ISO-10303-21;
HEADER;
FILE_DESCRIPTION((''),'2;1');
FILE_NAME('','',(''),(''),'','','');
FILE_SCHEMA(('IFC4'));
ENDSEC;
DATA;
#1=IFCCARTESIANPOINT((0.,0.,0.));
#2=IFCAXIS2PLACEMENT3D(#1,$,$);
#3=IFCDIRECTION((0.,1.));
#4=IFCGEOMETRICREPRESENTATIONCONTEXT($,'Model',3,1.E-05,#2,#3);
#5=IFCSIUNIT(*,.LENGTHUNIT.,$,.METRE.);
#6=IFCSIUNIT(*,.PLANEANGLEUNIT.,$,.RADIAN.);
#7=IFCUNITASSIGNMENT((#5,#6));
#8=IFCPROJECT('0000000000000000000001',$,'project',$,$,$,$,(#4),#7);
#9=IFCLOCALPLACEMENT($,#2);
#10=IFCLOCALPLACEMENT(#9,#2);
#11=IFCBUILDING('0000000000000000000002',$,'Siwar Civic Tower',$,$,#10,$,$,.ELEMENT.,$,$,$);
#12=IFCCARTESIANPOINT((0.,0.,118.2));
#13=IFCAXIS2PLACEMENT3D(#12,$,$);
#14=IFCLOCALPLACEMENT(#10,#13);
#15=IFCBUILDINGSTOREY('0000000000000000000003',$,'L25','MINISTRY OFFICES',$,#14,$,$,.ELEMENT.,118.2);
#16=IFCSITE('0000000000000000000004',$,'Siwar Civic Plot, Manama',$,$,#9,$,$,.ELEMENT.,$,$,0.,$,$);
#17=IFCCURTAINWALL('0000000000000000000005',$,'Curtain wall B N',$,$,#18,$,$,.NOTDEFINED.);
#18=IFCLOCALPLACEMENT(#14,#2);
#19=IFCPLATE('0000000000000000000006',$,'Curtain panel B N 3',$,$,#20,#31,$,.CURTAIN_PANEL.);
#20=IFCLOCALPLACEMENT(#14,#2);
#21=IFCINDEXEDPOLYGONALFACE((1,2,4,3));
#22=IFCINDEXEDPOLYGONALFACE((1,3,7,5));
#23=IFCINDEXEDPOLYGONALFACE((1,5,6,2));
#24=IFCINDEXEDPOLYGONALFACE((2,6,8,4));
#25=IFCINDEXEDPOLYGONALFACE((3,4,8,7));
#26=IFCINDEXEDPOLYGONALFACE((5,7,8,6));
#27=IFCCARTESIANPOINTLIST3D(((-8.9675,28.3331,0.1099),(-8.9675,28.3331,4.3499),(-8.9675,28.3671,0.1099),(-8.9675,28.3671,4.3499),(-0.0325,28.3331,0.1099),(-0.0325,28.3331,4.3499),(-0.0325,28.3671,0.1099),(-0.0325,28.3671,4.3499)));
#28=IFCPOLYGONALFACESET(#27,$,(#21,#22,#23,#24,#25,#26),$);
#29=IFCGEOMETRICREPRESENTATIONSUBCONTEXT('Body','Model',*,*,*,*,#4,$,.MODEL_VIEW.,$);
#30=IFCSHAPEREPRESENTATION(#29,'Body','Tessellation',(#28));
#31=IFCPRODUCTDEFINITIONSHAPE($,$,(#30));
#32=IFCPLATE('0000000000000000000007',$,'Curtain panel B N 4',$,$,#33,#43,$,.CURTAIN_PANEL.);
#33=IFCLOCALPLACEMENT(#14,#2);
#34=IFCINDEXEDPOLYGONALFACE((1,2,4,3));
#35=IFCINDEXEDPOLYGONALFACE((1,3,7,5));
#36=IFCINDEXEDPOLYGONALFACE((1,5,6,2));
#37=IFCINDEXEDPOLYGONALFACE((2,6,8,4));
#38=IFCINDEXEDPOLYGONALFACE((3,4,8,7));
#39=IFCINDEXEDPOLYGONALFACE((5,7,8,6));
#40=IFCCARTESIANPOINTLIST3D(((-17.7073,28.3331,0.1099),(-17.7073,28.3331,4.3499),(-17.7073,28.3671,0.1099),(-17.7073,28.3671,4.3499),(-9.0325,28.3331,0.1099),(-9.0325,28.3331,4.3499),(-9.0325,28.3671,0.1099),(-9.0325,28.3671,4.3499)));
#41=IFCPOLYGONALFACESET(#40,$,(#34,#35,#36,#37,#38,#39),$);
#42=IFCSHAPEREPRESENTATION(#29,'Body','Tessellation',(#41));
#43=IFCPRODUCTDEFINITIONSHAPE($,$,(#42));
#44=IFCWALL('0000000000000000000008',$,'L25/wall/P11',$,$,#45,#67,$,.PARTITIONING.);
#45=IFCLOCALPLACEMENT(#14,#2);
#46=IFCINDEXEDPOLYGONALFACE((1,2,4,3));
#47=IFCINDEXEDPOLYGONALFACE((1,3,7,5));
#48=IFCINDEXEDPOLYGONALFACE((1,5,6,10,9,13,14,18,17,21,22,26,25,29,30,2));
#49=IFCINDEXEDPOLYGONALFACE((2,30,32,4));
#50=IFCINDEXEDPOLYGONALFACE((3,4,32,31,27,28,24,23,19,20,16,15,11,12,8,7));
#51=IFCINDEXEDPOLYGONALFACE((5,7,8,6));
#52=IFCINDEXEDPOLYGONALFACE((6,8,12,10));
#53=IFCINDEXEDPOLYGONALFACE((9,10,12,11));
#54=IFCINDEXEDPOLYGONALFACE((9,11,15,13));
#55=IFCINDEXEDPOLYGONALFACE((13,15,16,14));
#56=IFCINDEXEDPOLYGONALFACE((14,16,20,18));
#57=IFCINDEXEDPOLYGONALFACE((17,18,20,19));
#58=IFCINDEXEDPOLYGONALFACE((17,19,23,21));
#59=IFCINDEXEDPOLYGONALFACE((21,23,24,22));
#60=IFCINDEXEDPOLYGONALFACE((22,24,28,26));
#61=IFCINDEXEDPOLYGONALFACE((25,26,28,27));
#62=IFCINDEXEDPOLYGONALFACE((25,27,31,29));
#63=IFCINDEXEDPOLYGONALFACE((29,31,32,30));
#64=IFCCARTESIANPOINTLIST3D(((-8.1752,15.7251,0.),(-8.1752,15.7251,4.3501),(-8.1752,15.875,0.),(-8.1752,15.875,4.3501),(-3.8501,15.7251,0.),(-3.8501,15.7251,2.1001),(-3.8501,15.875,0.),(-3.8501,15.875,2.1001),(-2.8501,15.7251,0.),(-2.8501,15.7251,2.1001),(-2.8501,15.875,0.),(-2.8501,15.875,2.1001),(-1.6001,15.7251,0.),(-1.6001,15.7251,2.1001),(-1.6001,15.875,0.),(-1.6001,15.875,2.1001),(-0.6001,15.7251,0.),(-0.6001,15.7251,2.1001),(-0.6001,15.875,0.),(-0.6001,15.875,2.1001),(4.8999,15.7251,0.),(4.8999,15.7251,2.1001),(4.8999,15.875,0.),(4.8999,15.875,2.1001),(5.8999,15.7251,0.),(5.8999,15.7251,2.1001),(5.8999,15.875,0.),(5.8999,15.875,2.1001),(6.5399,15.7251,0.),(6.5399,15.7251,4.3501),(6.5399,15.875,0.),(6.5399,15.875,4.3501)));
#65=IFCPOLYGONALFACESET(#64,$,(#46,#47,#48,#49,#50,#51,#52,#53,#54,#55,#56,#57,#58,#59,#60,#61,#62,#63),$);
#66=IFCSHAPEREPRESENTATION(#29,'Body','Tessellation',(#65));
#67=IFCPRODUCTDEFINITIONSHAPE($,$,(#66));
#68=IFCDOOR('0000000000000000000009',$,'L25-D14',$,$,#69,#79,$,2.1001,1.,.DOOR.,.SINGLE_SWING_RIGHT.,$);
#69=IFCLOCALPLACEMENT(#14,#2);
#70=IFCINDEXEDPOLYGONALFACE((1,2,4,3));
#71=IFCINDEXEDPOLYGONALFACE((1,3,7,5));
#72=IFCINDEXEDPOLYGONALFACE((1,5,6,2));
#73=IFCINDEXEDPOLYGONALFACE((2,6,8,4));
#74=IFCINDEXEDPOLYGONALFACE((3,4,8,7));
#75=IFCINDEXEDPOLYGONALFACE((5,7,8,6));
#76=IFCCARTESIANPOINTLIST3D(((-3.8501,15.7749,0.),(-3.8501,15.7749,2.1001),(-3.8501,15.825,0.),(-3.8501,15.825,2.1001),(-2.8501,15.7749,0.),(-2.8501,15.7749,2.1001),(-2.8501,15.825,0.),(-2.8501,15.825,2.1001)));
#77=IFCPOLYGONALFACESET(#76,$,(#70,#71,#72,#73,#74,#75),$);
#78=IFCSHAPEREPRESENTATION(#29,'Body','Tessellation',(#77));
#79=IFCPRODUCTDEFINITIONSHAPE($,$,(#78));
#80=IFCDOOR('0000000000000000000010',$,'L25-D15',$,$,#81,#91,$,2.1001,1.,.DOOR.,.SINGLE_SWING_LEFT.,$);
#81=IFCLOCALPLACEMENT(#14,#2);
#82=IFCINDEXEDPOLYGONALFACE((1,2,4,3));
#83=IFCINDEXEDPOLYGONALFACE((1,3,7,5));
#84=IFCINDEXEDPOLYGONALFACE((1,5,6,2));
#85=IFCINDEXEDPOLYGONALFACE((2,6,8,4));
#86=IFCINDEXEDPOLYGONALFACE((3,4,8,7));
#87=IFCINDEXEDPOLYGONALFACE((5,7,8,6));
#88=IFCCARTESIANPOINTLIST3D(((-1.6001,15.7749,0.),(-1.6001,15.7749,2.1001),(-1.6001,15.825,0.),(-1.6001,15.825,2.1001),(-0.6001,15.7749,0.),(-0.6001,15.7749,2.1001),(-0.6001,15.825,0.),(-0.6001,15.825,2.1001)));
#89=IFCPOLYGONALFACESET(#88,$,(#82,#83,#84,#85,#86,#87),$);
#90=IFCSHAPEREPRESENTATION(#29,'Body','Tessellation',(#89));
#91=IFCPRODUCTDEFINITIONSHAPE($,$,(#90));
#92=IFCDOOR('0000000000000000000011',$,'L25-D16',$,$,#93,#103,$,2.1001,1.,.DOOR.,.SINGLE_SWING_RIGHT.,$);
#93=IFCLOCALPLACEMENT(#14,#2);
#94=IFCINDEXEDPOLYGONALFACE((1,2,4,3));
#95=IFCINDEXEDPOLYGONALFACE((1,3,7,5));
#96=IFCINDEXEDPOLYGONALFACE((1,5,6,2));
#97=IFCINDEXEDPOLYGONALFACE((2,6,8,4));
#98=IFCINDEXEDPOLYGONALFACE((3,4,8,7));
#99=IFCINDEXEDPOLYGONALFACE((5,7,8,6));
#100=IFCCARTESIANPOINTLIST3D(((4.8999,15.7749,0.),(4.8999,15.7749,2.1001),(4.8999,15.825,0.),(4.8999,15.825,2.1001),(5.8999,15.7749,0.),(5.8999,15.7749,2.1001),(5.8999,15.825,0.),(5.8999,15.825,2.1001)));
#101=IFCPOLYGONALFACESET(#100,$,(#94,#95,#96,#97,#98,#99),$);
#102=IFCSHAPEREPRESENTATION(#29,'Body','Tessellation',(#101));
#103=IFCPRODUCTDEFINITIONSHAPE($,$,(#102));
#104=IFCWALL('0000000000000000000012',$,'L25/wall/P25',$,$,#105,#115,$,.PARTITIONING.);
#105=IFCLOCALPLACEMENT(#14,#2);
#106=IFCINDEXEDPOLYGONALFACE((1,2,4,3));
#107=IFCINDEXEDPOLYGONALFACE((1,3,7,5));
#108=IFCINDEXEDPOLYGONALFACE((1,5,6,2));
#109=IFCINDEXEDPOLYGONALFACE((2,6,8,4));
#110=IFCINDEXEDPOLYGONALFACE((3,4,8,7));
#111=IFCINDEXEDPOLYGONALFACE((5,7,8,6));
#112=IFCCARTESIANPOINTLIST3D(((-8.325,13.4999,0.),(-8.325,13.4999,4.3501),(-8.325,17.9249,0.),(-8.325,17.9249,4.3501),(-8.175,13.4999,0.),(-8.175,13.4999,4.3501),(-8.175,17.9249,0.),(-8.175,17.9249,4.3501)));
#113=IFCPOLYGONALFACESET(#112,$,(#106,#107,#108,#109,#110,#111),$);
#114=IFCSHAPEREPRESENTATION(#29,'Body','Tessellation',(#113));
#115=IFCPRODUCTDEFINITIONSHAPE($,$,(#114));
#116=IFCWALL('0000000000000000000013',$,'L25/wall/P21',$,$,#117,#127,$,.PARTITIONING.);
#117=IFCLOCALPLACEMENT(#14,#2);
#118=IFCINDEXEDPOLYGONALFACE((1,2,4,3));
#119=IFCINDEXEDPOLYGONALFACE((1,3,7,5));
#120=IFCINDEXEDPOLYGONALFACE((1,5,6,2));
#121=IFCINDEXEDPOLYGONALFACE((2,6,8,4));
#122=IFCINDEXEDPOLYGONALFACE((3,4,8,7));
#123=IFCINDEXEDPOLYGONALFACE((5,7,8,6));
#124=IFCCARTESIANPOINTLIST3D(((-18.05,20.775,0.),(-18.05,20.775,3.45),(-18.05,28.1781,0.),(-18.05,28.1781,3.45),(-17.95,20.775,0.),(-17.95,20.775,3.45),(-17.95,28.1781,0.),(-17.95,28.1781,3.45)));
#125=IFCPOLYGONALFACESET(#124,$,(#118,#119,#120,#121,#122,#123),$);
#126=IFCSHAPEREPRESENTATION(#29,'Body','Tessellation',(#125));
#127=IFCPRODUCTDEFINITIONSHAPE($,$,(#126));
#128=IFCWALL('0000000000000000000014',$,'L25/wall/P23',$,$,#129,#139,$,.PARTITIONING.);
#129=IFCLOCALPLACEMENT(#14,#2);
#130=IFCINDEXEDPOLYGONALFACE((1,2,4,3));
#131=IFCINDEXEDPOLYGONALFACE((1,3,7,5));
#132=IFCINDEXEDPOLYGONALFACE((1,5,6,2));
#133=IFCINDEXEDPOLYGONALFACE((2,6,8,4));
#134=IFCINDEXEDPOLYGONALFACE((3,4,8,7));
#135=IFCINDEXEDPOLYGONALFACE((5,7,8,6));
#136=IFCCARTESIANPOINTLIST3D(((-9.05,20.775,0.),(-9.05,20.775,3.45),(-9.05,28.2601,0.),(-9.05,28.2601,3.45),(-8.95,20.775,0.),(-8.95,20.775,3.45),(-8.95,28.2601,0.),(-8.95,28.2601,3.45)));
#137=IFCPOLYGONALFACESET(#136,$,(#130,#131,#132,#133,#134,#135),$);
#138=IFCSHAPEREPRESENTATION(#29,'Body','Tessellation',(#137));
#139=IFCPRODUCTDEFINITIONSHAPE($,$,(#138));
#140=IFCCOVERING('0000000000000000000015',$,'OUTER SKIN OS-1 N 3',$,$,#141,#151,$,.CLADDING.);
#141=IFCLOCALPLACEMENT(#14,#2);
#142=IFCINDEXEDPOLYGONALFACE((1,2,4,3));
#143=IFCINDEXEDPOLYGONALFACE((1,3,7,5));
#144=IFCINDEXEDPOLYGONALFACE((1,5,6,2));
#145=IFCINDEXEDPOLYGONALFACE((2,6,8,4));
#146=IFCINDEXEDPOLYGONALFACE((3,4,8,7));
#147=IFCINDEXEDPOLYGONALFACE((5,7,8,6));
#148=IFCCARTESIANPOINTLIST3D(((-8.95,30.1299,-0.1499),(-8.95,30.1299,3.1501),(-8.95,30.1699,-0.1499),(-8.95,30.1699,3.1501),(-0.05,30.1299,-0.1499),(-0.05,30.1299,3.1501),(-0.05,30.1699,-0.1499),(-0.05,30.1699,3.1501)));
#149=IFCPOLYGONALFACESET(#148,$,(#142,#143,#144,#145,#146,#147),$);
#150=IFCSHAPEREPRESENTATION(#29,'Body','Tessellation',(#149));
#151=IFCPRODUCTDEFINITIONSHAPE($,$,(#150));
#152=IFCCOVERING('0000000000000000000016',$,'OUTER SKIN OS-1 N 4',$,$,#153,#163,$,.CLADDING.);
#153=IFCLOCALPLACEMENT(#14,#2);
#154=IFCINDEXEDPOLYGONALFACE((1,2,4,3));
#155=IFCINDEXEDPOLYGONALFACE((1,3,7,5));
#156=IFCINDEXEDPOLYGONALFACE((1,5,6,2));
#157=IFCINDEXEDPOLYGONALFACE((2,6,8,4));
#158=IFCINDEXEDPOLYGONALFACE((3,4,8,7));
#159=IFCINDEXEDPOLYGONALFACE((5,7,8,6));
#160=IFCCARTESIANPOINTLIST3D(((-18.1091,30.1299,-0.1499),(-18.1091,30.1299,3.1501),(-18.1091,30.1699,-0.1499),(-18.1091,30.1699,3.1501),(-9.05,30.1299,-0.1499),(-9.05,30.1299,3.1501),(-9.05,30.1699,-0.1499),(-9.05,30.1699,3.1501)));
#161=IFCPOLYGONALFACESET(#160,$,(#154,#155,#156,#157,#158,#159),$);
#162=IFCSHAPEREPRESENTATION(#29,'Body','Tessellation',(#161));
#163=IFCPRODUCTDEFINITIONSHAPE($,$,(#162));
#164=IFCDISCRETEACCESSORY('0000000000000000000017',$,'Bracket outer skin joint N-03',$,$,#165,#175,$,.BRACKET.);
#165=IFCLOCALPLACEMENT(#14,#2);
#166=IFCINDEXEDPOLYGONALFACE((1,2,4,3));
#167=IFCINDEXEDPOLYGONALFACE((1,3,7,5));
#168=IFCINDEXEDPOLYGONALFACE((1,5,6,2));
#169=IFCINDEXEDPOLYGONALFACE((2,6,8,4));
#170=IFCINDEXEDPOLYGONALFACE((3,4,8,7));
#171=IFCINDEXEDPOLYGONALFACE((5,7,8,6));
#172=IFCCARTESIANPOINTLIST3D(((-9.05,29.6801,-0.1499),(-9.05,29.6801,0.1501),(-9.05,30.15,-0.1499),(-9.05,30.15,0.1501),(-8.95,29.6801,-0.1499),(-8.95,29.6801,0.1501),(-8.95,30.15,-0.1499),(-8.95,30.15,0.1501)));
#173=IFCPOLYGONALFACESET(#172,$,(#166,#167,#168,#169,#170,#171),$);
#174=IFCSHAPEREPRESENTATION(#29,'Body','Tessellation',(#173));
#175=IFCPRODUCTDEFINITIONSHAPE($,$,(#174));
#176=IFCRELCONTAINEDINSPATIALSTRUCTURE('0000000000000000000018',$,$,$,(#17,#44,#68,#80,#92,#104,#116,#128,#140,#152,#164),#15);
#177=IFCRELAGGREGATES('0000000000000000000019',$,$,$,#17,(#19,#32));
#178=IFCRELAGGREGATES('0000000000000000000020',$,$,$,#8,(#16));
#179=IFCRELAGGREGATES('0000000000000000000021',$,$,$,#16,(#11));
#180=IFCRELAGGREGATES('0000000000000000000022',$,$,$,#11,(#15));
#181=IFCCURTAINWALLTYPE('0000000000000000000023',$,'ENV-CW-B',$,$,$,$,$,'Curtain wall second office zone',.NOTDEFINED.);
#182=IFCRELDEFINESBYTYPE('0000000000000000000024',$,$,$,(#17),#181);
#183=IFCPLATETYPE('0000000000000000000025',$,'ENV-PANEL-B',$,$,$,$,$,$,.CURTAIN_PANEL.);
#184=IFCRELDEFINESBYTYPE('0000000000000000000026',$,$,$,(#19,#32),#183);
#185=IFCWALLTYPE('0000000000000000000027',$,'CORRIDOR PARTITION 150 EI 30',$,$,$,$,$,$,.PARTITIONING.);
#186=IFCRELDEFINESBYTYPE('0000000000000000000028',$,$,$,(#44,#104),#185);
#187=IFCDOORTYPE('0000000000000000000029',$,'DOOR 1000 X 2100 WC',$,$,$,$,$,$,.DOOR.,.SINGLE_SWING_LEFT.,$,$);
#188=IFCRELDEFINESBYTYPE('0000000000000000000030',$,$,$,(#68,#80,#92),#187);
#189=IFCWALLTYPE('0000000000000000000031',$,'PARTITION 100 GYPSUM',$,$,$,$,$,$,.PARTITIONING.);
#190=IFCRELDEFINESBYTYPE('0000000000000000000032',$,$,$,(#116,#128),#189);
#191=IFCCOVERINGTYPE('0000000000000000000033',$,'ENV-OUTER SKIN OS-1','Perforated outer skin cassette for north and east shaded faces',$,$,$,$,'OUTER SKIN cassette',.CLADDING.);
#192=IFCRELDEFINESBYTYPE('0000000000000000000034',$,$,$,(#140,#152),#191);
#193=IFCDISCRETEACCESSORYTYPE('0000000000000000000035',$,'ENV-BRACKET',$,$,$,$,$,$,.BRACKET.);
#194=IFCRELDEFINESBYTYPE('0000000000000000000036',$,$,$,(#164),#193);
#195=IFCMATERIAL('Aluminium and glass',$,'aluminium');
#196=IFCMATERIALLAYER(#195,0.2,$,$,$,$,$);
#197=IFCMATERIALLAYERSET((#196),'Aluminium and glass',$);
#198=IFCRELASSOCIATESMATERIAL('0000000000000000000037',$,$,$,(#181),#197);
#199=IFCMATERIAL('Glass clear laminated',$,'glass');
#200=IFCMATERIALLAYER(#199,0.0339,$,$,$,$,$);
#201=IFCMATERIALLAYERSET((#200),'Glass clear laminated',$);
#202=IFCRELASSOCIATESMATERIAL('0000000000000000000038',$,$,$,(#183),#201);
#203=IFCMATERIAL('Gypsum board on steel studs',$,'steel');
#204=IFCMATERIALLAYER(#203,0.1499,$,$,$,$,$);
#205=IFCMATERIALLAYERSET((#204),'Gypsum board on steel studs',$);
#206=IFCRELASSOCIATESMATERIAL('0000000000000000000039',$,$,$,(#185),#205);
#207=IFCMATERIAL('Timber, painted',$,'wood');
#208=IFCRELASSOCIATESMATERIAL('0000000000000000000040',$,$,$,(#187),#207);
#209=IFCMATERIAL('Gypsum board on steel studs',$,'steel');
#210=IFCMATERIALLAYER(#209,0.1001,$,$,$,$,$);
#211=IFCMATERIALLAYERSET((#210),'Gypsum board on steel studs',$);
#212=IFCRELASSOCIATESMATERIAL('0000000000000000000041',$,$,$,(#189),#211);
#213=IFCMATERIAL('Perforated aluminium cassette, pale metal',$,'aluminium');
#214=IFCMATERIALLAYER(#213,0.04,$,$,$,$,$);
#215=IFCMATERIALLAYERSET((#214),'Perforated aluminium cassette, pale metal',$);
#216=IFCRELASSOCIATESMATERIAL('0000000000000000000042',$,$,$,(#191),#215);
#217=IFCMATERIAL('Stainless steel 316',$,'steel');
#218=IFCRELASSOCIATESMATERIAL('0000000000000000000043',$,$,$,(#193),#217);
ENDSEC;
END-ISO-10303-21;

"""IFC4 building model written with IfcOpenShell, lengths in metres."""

from ifc_helpers import new_model, si_unit, direction, frame, frame_2d, origin, origin_2d, place, context, subcontext, project, spatial, rectangle, extrude, material, layer, layer_set, type_object, element, fill, aggregate, save


model = new_model("IFC4")

# Units and contexts
model_context = context("Model", 3, precision=1e-05, world=origin(), true_north=direction((0.0, 1.0)))
body_context = subcontext(model_context, "Body", "Model", "MODEL_VIEW")
ifc_project = project(units=[si_unit("LENGTHUNIT", "METRE"), si_unit("PLANEANGLEUNIT", "RADIAN")], contexts=[model_context])

# Site, building, storey
site_placement = place(None, origin())
site = spatial("IfcSite", under=ifc_project, at=site_placement, Name="Siwar Civic Plot, Manama", CompositionType="ELEMENT", RefElevation=0.0)
building_placement = place(site_placement, origin())
building = spatial("IfcBuilding", under=site, at=building_placement, Name="Siwar Civic Tower", CompositionType="ELEMENT")
storey_placement = place(building_placement, frame((0.0, 0.0, 118.2)))
storey = spatial("IfcBuildingStorey", under=building, at=storey_placement, Name="L25", Description="MINISTRY OFFICES", CompositionType="ELEMENT", Elevation=118.2)

# Curtain wall
ifc_material_1 = material(Name="Aluminium and glass", Category="aluminium")
ifc_layer_1 = layer(ifc_material_1, 0.2)
ifc_layer_set_1 = layer_set([ifc_layer_1], Name="Aluminium and glass")
curtain_wall_type_1 = type_object("IfcCurtainWallType", Name="ENV-CW-B", ElementType="Curtain wall second office zone", PredefinedType="NOTDEFINED", material=ifc_layer_set_1)
curtain_wall_1_placement = place(storey_placement, origin())
curtain_wall_1 = element("IfcCurtainWall", 1, at=curtain_wall_1_placement, inside=storey, type_object=curtain_wall_type_1, Name="Curtain wall B N", PredefinedType="NOTDEFINED")

# Plates
ifc_material_2 = material(Name="Glass clear laminated", Category="glass")
ifc_layer_2 = layer(ifc_material_2, 0.0339)
ifc_layer_set_2 = layer_set([ifc_layer_2], Name="Glass clear laminated")
plate_type = type_object("IfcPlateType", Name="ENV-PANEL-B", PredefinedType="CURTAIN_PANEL", material=ifc_layer_set_2)
plate_1_placement = place(storey_placement, frame((-4.5, 28.3501, 0.1099), z_axis=(0.0, 0.0, 1.0), x_axis=(-1.0, 0.0, 0.0)))
plate_1 = element("IfcPlate", 2, at=plate_1_placement, type_object=plate_type, Name="Curtain panel B N 3", PredefinedType="CURTAIN_PANEL", context=body_context, shape_type="SweptSolid", body=[
    extrude(rectangle(XDim=8.9351, YDim=0.0339, at=origin_2d()), origin(), (0.0, 0.0, 1.0), 4.24),
])
plate_2_placement = place(storey_placement, frame((-13.3699, 28.3501, 0.1099), z_axis=(0.0, 0.0, 1.0), x_axis=(-1.0, 0.0, 0.0)))
plate_2 = element("IfcPlate", 3, at=plate_2_placement, type_object=plate_type, Name="Curtain panel B N 4", PredefinedType="CURTAIN_PANEL", context=body_context, shape_type="SweptSolid", body=[
    extrude(rectangle(XDim=8.6748, YDim=0.0339, at=origin_2d()), origin(), (0.0, 0.0, 1.0), 4.24),
])
aggregate(curtain_wall_1, [plate_1, plate_2])

# Wall, openings, doors
ifc_material_3 = material(Name="Gypsum board on steel studs", Category="steel")
ifc_layer_3 = layer(ifc_material_3, 0.1499)
ifc_layer_set_3 = layer_set([ifc_layer_3], Name="Gypsum board on steel studs")
wall_type_1 = type_object("IfcWallType", Name="CORRIDOR PARTITION 150 EI 30", PredefinedType="PARTITIONING", material=ifc_layer_set_3)
wall_1_placement = place(storey_placement, frame((-8.175, 15.8, 0.0), z_axis=(0.0, 0.0, 1.0), x_axis=(1.0, 0.0, 0.0)))
wall_1 = element("IfcWall", 4, at=wall_1_placement, inside=storey, type_object=wall_type_1, Name="L25/wall/P11", PredefinedType="PARTITIONING", context=body_context, shape_type="SweptSolid", body=[
    extrude(rectangle(XDim=14.7151, YDim=0.1499, at=frame_2d((7.3574, 0.0))), origin(), (0.0, 0.0, 1.0), 4.3501),
])
opening_1_placement = place(wall_1_placement, frame((4.325, 0.0, 0.0)))
opening_1 = element("IfcOpeningElement", 5, at=opening_1_placement, cuts=wall_1, PredefinedType="OPENING", context=body_context, shape_type="SweptSolid", body=[
    extrude(rectangle(XDim=1.0, YDim=2.1001, at=frame_2d((0.5, 1.05))), frame((0.0, 0.085, 0.0), z_axis=(0.0, -1.0, 0.0), x_axis=(1.0, 0.0, 0.0)), (0.0, 0.0, 1.0), 0.1699),
])
opening_2_placement = place(wall_1_placement, frame((6.575, 0.0, 0.0)))
opening_2 = element("IfcOpeningElement", 6, at=opening_2_placement, cuts=wall_1, PredefinedType="OPENING", context=body_context, shape_type="SweptSolid", body=[
    extrude(rectangle(XDim=1.0, YDim=2.1001, at=frame_2d((0.5, 1.05))), frame((0.0, 0.085, 0.0), z_axis=(0.0, -1.0, 0.0), x_axis=(1.0, 0.0, 0.0)), (0.0, 0.0, 1.0), 0.1699),
])
opening_3_placement = place(wall_1_placement, frame((13.075, 0.0, 0.0)))
opening_3 = element("IfcOpeningElement", 7, at=opening_3_placement, cuts=wall_1, PredefinedType="OPENING", context=body_context, shape_type="SweptSolid", body=[
    extrude(rectangle(XDim=1.0, YDim=2.1001, at=frame_2d((0.5, 1.05))), frame((0.0, 0.085, 0.0), z_axis=(0.0, -1.0, 0.0), x_axis=(1.0, 0.0, 0.0)), (0.0, 0.0, 1.0), 0.1699),
])
ifc_material_4 = material(Name="Timber, painted", Category="wood")
door_type = type_object("IfcDoorType", Name="DOOR 1000 X 2100 WC", OperationType="SINGLE_SWING_LEFT", PredefinedType="DOOR", material=ifc_material_4)
door_1_placement = place(opening_1_placement, origin())
door_1 = element("IfcDoor", 8, at=door_1_placement, inside=storey, type_object=door_type, Name="L25-D14", OperationType="SINGLE_SWING_RIGHT", OverallHeight=2.1001, OverallWidth=1.0, PredefinedType="DOOR", context=body_context, shape_type="SweptSolid", body=[
    extrude(rectangle(XDim=1.0, YDim=2.1001, at=frame_2d((0.5, 1.05))), frame((0.0, 0.0249, 0.0), z_axis=(0.0, -1.0, 0.0), x_axis=(1.0, 0.0, 0.0)), (0.0, 0.0, 1.0), 0.05),
])
fill(opening_1, door_1)
door_2_placement = place(opening_2_placement, origin())
door_2 = element("IfcDoor", 9, at=door_2_placement, inside=storey, type_object=door_type, Name="L25-D15", OperationType="SINGLE_SWING_LEFT", OverallHeight=2.1001, OverallWidth=1.0, PredefinedType="DOOR", context=body_context, shape_type="SweptSolid", body=[
    extrude(rectangle(XDim=1.0, YDim=2.1001, at=frame_2d((0.5, 1.05))), frame((0.0, 0.0249, 0.0), z_axis=(0.0, -1.0, 0.0), x_axis=(1.0, 0.0, 0.0)), (0.0, 0.0, 1.0), 0.05),
])
fill(opening_2, door_2)
door_3_placement = place(opening_3_placement, origin())
door_3 = element("IfcDoor", 10, at=door_3_placement, inside=storey, type_object=door_type, Name="L25-D16", OperationType="SINGLE_SWING_RIGHT", OverallHeight=2.1001, OverallWidth=1.0, PredefinedType="DOOR", context=body_context, shape_type="SweptSolid", body=[
    extrude(rectangle(XDim=1.0, YDim=2.1001, at=frame_2d((0.5, 1.05))), frame((0.0, 0.0249, 0.0), z_axis=(0.0, -1.0, 0.0), x_axis=(1.0, 0.0, 0.0)), (0.0, 0.0, 1.0), 0.05),
])
fill(opening_3, door_3)

# Walls
wall_2_placement = place(storey_placement, frame((-8.25, 13.5, 0.0), z_axis=(0.0, 0.0, 1.0), x_axis=(0.0, 1.0, 0.0)))
element("IfcWall", 11, at=wall_2_placement, inside=storey, type_object=wall_type_1, Name="L25/wall/P25", PredefinedType="PARTITIONING", context=body_context, shape_type="SweptSolid", body=[
    extrude(rectangle(XDim=4.425, YDim=0.1499, at=frame_2d((2.2124, 0.0))), origin(), (0.0, 0.0, 1.0), 4.3501),
])
ifc_material_5 = material(Name="Gypsum board on steel studs", Category="steel")
ifc_layer_4 = layer(ifc_material_5, 0.1001)
ifc_layer_set_4 = layer_set([ifc_layer_4], Name="Gypsum board on steel studs")
wall_type_2 = type_object("IfcWallType", Name="PARTITION 100 GYPSUM", PredefinedType="PARTITIONING", material=ifc_layer_set_4)
wall_3_placement = place(storey_placement, frame((-18.0, 20.7749, 0.0), z_axis=(0.0, 0.0, 1.0), x_axis=(0.0, 1.0, 0.0)))
element("IfcWall", 12, at=wall_3_placement, inside=storey, type_object=wall_type_2, Name="L25/wall/P21", PredefinedType="PARTITIONING", context=body_context, shape_type="SweptSolid", body=[
    extrude(rectangle(XDim=7.4031, YDim=0.1001, at=frame_2d((3.7017, 0.0))), origin(), (0.0, 0.0, 1.0), 3.45),
])
wall_4_placement = place(storey_placement, frame((-9.0, 20.7749, 0.0), z_axis=(0.0, 0.0, 1.0), x_axis=(0.0, 1.0, 0.0)))
element("IfcWall", 13, at=wall_4_placement, inside=storey, type_object=wall_type_2, Name="L25/wall/P23", PredefinedType="PARTITIONING", context=body_context, shape_type="SweptSolid", body=[
    extrude(rectangle(XDim=7.4851, YDim=0.1001, at=frame_2d((3.7427, 0.0))), origin(), (0.0, 0.0, 1.0), 3.45),
])

# Coverings
ifc_material_6 = material(Name="Perforated aluminium cassette, pale metal", Category="aluminium")
ifc_layer_5 = layer(ifc_material_6, 0.04)
ifc_layer_set_5 = layer_set([ifc_layer_5], Name="Perforated aluminium cassette, pale metal")
covering_type = type_object("IfcCoveringType", Name="ENV-OUTER SKIN OS-1", Description="Perforated outer skin cassette for north and east shaded faces", ElementType="OUTER SKIN cassette", PredefinedType="CLADDING", material=ifc_layer_set_5)
covering_1_placement = place(storey_placement, frame((-4.5, 30.1499, -0.1499), z_axis=(0.0, 0.0, 1.0), x_axis=(-1.0, 0.0, 0.0)))
element("IfcCovering", 14, at=covering_1_placement, inside=storey, type_object=covering_type, Name="OUTER SKIN OS-1 N 3", PredefinedType="CLADDING", context=body_context, shape_type="SweptSolid", body=[
    extrude(rectangle(XDim=8.8999, YDim=0.04, at=origin_2d()), origin(), (0.0, 0.0, 1.0), 3.3),
])
covering_2_placement = place(storey_placement, frame((-13.5796, 30.1499, -0.1499), z_axis=(0.0, 0.0, 1.0), x_axis=(-1.0, 0.0, 0.0)))
element("IfcCovering", 15, at=covering_2_placement, inside=storey, type_object=covering_type, Name="OUTER SKIN OS-1 N 4", PredefinedType="CLADDING", context=body_context, shape_type="SweptSolid", body=[
    extrude(rectangle(XDim=9.0591, YDim=0.04, at=origin_2d()), origin(), (0.0, 0.0, 1.0), 3.3),
])

# Discrete accessory
ifc_material_7 = material(Name="Stainless steel 316", Category="steel")
discrete_accessory_type = type_object("IfcDiscreteAccessoryType", Name="ENV-BRACKET", PredefinedType="BRACKET", material=ifc_material_7)
discrete_accessory_placement = place(storey_placement, frame((-9.0, 29.915, -0.1499), z_axis=(0.0, 0.0, 1.0), x_axis=(0.0, 1.0, 0.0)))
element("IfcDiscreteAccessory", 16, at=discrete_accessory_placement, inside=storey, type_object=discrete_accessory_type, Name="Bracket outer skin joint N-03", PredefinedType="BRACKET", context=body_context, shape_type="SweptSolid", body=[
    extrude(rectangle(XDim=0.47, YDim=0.1001, at=origin_2d()), origin(), (0.0, 0.0, 1.0), 0.3),
])

save(model, "model.ifc")
